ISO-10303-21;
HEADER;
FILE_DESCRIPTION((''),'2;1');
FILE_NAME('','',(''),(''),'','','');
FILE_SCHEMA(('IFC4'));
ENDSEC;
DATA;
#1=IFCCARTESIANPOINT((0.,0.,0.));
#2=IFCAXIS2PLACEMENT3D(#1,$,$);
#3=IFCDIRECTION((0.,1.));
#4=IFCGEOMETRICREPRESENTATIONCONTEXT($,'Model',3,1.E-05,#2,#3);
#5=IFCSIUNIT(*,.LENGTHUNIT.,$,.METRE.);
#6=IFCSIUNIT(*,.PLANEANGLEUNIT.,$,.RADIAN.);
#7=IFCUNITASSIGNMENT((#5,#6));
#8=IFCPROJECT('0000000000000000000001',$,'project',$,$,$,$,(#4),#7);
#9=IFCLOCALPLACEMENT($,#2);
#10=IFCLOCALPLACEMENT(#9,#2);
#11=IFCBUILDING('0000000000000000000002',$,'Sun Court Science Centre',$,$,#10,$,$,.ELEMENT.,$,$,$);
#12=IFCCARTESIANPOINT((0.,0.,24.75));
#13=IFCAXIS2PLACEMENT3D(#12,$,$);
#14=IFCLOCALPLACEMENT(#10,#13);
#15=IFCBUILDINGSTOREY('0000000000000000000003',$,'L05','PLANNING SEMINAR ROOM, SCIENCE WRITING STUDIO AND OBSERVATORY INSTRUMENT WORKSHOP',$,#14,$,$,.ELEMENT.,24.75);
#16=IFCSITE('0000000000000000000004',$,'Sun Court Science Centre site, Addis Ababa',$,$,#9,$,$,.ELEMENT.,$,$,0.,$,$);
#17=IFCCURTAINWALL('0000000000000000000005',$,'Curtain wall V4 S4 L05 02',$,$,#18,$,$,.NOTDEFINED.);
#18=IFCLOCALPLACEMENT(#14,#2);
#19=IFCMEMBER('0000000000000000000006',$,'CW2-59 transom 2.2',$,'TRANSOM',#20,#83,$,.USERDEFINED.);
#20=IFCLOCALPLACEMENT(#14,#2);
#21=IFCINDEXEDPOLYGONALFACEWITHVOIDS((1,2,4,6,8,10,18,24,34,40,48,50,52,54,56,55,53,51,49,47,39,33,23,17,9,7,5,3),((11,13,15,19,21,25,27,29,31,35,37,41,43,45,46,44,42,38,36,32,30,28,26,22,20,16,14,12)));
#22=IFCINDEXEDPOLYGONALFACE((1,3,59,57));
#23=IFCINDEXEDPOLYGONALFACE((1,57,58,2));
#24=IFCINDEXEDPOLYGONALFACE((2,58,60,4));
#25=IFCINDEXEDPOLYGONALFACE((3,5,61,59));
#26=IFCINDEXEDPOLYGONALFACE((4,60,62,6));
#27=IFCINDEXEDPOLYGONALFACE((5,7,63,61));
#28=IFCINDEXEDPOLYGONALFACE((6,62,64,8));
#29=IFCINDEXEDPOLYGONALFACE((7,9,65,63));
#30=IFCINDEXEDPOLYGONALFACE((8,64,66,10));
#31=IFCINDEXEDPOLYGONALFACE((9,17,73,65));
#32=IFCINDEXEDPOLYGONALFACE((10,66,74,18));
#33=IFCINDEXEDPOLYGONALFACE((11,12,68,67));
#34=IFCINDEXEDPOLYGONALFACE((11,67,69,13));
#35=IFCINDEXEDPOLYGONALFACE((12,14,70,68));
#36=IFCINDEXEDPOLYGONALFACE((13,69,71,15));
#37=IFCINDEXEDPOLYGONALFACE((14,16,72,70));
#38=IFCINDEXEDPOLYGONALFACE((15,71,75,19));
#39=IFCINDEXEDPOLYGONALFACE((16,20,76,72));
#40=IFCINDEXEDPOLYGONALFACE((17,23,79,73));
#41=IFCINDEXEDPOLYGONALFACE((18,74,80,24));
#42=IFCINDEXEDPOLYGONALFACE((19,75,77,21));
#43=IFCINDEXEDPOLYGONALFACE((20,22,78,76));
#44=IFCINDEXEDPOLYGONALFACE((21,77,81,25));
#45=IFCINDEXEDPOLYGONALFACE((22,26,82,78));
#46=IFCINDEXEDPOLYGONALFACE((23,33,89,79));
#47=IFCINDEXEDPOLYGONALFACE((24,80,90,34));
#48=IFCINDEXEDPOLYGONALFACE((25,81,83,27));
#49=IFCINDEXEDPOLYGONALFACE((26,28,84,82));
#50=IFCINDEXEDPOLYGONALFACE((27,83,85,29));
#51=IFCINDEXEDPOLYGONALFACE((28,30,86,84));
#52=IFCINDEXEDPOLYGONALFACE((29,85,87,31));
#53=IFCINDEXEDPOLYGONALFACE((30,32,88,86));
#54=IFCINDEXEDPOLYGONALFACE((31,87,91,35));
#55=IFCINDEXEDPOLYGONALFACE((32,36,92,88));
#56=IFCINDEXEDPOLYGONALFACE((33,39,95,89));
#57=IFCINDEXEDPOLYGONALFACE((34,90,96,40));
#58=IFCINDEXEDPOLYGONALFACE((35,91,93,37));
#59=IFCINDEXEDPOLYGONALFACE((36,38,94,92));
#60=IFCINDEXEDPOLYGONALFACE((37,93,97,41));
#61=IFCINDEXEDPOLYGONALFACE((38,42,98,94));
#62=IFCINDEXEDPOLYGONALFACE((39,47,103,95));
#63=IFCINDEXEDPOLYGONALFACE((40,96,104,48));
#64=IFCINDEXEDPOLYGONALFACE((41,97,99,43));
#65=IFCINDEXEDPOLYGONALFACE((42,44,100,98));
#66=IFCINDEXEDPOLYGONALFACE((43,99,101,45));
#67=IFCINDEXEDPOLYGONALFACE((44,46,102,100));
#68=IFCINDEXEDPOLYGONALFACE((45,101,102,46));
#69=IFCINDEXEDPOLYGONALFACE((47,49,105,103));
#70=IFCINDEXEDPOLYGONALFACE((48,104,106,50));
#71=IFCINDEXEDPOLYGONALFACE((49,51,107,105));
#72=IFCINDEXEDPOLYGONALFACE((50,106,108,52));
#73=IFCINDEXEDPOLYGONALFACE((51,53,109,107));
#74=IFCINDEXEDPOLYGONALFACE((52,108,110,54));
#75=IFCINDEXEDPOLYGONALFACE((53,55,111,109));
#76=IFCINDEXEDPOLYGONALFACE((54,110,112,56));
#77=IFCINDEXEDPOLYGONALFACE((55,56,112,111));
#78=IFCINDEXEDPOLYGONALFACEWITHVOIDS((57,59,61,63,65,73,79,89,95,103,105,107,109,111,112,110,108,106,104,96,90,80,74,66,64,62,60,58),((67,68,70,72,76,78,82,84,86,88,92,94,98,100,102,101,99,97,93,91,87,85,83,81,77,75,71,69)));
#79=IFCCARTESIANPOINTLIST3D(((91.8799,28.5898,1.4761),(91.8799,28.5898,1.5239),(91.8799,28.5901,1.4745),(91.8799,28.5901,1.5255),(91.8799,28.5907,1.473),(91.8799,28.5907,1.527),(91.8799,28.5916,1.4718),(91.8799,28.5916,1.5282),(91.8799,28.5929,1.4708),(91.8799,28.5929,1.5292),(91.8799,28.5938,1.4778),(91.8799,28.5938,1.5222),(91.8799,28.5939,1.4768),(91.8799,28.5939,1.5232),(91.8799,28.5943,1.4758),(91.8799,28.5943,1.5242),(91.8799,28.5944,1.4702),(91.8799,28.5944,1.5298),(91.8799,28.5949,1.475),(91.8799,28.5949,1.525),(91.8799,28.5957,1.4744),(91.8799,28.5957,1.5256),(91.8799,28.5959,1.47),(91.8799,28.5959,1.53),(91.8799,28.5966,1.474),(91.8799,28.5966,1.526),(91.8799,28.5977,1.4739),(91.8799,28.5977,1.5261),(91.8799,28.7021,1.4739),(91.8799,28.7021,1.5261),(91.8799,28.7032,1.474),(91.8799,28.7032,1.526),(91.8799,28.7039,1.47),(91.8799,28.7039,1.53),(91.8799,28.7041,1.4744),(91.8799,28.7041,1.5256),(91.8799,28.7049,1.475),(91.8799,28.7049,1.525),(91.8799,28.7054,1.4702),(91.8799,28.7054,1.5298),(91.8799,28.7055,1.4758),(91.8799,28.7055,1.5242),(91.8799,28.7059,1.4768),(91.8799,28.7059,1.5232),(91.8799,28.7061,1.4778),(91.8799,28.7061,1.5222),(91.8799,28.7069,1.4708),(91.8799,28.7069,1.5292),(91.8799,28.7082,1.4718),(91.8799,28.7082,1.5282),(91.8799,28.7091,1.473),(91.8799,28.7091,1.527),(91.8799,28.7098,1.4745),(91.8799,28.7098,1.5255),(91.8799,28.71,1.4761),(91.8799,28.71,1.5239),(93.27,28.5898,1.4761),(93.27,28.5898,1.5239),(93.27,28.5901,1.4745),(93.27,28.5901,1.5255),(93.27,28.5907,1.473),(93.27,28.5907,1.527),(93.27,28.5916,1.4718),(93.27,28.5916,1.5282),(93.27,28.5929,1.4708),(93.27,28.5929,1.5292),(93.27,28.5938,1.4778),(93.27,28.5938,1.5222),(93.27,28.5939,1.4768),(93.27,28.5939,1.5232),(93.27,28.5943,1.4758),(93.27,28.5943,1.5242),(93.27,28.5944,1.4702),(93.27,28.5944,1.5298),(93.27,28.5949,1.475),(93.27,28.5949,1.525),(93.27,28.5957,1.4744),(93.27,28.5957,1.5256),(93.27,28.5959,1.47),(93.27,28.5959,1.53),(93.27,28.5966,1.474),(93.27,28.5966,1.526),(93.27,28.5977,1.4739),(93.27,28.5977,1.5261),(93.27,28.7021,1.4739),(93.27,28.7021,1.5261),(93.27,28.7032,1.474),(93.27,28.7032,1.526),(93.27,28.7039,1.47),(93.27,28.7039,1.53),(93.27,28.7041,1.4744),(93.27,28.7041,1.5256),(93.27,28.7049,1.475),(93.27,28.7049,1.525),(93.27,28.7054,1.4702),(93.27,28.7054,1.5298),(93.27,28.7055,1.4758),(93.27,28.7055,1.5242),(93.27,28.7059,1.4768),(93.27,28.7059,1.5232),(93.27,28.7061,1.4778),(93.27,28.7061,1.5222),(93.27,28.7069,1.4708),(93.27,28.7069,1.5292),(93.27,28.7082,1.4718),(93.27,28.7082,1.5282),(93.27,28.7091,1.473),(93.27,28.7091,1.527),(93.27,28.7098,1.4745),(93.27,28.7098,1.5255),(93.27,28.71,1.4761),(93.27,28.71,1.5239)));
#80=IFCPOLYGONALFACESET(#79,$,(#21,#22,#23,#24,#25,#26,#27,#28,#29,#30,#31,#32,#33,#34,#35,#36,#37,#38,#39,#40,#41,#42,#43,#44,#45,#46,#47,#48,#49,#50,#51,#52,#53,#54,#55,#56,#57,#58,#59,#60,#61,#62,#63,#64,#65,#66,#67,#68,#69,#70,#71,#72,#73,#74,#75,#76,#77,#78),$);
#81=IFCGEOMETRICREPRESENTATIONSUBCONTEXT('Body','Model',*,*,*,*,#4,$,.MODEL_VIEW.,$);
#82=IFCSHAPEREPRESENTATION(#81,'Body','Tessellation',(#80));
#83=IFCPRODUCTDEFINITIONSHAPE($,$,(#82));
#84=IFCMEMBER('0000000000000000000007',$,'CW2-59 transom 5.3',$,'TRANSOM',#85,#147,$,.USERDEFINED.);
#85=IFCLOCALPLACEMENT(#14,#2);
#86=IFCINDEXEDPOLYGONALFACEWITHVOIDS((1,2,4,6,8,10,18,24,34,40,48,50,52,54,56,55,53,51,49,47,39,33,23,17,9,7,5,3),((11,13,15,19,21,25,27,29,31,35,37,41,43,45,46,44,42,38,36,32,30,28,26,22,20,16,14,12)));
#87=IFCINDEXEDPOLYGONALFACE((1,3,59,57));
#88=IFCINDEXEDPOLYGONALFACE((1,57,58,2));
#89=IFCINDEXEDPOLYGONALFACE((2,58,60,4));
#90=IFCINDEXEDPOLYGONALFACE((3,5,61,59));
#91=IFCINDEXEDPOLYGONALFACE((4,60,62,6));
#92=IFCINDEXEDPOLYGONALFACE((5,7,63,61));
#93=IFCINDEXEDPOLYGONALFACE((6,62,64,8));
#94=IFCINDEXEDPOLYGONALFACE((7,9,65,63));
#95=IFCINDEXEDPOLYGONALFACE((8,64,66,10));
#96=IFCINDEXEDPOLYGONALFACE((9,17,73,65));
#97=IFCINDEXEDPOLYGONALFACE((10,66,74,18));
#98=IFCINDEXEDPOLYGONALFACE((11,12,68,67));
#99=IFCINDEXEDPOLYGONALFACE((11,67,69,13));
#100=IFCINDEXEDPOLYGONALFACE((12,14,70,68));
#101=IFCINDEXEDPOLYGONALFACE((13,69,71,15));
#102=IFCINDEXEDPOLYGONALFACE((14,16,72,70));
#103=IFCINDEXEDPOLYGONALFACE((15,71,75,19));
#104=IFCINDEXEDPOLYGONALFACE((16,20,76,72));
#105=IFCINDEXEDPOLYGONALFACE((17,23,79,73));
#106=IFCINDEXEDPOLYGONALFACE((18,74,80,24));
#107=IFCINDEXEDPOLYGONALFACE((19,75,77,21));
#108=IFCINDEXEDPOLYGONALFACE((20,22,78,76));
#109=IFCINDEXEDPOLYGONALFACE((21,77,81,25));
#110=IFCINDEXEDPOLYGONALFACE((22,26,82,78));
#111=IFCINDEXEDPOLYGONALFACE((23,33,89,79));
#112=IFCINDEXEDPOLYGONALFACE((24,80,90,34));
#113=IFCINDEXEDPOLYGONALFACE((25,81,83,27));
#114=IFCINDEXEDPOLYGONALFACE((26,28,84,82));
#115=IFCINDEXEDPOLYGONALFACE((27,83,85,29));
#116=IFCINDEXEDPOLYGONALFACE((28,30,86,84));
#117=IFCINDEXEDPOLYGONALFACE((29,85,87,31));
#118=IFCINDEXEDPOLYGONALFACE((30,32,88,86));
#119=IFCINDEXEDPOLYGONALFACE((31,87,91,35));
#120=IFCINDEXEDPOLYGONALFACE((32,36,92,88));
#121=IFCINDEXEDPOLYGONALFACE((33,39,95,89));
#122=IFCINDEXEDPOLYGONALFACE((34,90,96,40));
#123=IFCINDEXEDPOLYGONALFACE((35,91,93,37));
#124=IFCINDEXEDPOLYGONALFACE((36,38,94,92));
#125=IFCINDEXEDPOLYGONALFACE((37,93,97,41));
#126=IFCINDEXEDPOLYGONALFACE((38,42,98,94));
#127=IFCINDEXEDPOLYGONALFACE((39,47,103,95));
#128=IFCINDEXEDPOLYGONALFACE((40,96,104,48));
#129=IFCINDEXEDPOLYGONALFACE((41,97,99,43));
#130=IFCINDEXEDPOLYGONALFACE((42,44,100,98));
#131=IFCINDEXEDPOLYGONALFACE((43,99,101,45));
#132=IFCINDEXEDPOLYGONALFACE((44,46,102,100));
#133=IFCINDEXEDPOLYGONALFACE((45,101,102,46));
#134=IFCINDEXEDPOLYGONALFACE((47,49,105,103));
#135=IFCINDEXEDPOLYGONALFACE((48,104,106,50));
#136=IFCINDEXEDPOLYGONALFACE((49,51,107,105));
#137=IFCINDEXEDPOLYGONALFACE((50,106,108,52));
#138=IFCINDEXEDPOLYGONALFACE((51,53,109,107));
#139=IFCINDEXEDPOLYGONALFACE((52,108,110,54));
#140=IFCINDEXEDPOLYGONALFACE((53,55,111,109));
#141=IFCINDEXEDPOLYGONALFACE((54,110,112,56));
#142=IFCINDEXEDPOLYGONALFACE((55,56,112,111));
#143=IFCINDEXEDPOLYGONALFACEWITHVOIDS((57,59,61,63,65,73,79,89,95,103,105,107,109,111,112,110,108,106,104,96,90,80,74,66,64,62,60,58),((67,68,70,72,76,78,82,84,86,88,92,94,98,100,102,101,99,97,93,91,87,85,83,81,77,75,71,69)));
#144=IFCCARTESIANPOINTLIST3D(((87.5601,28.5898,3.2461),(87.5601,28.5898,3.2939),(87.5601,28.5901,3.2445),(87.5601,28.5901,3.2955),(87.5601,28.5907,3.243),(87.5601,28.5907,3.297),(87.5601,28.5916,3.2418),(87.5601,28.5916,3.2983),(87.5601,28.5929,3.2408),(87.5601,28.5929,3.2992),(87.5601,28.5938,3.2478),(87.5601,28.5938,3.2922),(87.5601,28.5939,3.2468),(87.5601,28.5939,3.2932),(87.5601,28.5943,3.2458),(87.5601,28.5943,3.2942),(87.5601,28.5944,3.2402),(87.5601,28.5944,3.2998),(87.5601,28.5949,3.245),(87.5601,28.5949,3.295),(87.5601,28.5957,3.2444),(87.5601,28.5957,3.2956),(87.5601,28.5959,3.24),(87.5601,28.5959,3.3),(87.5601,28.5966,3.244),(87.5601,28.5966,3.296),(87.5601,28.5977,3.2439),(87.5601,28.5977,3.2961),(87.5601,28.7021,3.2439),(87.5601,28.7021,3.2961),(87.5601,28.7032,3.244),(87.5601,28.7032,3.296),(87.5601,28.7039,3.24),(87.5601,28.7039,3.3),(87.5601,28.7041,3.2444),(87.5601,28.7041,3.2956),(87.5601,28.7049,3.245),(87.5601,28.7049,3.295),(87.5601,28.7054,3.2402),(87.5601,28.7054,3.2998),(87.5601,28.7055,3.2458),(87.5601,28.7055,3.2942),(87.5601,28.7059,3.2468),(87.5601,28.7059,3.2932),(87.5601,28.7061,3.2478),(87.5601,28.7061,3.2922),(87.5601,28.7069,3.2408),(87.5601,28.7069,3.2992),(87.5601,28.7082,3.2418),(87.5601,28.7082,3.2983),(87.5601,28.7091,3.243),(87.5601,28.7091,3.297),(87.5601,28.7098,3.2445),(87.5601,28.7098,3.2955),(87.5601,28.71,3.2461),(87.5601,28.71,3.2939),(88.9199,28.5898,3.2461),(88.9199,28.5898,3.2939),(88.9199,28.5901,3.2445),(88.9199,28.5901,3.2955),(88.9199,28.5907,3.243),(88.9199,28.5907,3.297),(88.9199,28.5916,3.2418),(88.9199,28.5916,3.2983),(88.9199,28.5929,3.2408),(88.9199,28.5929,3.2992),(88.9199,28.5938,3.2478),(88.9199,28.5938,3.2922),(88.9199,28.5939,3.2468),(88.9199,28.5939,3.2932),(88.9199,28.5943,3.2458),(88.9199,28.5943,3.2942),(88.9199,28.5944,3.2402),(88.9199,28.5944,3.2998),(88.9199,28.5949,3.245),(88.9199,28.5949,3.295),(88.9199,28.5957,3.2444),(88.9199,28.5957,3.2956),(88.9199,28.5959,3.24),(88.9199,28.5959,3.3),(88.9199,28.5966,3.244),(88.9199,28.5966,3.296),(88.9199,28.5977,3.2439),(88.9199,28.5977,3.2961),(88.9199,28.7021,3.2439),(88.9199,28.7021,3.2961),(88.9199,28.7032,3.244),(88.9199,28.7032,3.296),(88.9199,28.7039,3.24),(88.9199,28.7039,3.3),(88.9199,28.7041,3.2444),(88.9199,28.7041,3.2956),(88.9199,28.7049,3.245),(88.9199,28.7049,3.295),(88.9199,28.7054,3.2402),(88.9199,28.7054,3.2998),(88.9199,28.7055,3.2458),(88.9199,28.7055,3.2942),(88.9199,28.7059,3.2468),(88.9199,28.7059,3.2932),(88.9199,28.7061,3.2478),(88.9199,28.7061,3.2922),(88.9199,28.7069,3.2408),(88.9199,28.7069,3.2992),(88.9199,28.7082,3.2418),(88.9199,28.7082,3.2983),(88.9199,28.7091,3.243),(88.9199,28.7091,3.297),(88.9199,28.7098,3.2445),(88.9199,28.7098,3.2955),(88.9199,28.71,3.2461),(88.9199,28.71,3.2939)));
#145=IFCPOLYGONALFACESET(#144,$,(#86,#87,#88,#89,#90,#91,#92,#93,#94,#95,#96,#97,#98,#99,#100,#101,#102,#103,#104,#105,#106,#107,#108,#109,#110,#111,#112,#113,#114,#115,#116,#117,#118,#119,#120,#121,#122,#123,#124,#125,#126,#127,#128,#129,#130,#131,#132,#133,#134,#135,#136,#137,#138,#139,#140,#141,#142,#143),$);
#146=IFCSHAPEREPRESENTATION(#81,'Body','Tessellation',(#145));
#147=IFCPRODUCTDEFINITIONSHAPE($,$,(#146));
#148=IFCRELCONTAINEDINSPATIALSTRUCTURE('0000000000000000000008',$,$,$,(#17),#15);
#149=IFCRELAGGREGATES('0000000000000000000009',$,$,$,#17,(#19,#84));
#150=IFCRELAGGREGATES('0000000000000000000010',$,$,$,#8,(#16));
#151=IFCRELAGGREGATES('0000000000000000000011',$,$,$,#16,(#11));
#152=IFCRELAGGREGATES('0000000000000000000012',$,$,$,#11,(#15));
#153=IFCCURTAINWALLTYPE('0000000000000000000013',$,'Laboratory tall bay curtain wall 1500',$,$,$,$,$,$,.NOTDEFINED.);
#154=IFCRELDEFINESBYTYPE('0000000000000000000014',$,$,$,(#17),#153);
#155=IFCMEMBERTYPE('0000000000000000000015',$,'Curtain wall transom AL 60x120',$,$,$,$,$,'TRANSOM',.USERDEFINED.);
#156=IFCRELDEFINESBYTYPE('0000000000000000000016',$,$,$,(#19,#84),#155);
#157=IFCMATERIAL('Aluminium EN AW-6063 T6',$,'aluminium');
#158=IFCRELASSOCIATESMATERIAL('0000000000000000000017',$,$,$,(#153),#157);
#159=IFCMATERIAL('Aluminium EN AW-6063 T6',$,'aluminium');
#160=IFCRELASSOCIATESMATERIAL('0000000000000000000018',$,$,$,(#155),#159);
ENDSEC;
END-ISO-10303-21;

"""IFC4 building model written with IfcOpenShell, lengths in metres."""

from ifc_helpers import new_model, si_unit, direction, frame, origin, origin_2d, place, context, subcontext, project, spatial, hollow_rectangle, extrude, material, material_profile, profile_set, type_object, element, aggregate, save


model = new_model("IFC4")

# Units and contexts
model_context = context("Model", 3, precision=1e-05, world=origin(), true_north=direction((0.0, 1.0)))
body_context = subcontext(model_context, "Body", "Model", "MODEL_VIEW")
ifc_project = project(units=[si_unit("LENGTHUNIT", "METRE"), si_unit("PLANEANGLEUNIT", "RADIAN")], contexts=[model_context])

# Site, building, storey
site_placement = place(None, origin())
site = spatial("IfcSite", under=ifc_project, at=site_placement, Name="Sun Court Science Centre site, Addis Ababa", CompositionType="ELEMENT", RefElevation=0.0)
building_placement = place(site_placement, origin())
building = spatial("IfcBuilding", under=site, at=building_placement, Name="Sun Court Science Centre", CompositionType="ELEMENT")
storey_placement = place(building_placement, frame((0.0, 0.0, 24.75)))
storey = spatial("IfcBuildingStorey", under=building, at=storey_placement, Name="L05", Description="PLANNING SEMINAR ROOM, SCIENCE WRITING STUDIO AND OBSERVATORY INSTRUMENT WORKSHOP", CompositionType="ELEMENT", Elevation=24.75)

# Curtain wall, members
ifc_material_1 = material(Name="Aluminium EN AW-6063 T6", Category="aluminium")
curtain_wall_type = type_object("IfcCurtainWallType", Name="Laboratory tall bay curtain wall 1500", PredefinedType="NOTDEFINED", material=ifc_material_1)
curtain_wall_placement = place(storey_placement, origin())
curtain_wall = element("IfcCurtainWall", 1, at=curtain_wall_placement, inside=storey, type_object=curtain_wall_type, Name="Curtain wall V4 S4 L05 02", PredefinedType="NOTDEFINED")
ifc_material_2 = material(Name="Aluminium EN AW-6063 T6", Category="aluminium")
ifc_material_profile_1 = material_profile(ifc_material_2, hollow_rectangle(XDim=0.0601, YDim=0.1201, WallThickness=0.0039, InnerFilletRadius=0.0039, OuterFilletRadius=0.0061, at=origin_2d()), Name="AL 60x120x4")
ifc_profile_set_1 = profile_set([ifc_material_profile_1], Name="Aluminium EN AW-6063 T6")
member_type_1 = type_object("IfcMemberType", Name="Curtain wall transom AL 60x120", ElementType="TRANSOM", PredefinedType="USERDEFINED", material=ifc_profile_set_1)
member_1_placement = place(storey_placement, frame((93.27, 28.6499, 1.5), z_axis=(-1.0, 0.0, 0.0), x_axis=(0.0, 0.0, 1.0)))
member_1 = element("IfcMember", 2, at=member_1_placement, type_object=member_type_1, Name="CW2-59 transom 2.2", ObjectType="TRANSOM", PredefinedType="USERDEFINED", context=body_context, shape_type="SweptSolid", body=[
    extrude(hollow_rectangle(XDim=0.0601, YDim=0.1201, WallThickness=0.0039, InnerFilletRadius=0.0039, OuterFilletRadius=0.0061, at=origin_2d()), origin(), (0.0, 0.0, 1.0), 1.3901),
])
member_2_placement = place(storey_placement, frame((88.9199, 28.6499, 3.27), z_axis=(-1.0, 0.0, 0.0), x_axis=(0.0, 0.0, 1.0)))
member_2 = element("IfcMember", 3, at=member_2_placement, type_object=member_type_1, Name="CW2-59 transom 5.3", ObjectType="TRANSOM", PredefinedType="USERDEFINED", context=body_context, shape_type="SweptSolid", body=[
    extrude(hollow_rectangle(XDim=0.0601, YDim=0.1201, WallThickness=0.0039, InnerFilletRadius=0.0039, OuterFilletRadius=0.0061, at=origin_2d()), origin(), (0.0, 0.0, 1.0), 1.3599),
])
aggregate(curtain_wall, [member_1, member_2])

save(model, "model.ifc")
